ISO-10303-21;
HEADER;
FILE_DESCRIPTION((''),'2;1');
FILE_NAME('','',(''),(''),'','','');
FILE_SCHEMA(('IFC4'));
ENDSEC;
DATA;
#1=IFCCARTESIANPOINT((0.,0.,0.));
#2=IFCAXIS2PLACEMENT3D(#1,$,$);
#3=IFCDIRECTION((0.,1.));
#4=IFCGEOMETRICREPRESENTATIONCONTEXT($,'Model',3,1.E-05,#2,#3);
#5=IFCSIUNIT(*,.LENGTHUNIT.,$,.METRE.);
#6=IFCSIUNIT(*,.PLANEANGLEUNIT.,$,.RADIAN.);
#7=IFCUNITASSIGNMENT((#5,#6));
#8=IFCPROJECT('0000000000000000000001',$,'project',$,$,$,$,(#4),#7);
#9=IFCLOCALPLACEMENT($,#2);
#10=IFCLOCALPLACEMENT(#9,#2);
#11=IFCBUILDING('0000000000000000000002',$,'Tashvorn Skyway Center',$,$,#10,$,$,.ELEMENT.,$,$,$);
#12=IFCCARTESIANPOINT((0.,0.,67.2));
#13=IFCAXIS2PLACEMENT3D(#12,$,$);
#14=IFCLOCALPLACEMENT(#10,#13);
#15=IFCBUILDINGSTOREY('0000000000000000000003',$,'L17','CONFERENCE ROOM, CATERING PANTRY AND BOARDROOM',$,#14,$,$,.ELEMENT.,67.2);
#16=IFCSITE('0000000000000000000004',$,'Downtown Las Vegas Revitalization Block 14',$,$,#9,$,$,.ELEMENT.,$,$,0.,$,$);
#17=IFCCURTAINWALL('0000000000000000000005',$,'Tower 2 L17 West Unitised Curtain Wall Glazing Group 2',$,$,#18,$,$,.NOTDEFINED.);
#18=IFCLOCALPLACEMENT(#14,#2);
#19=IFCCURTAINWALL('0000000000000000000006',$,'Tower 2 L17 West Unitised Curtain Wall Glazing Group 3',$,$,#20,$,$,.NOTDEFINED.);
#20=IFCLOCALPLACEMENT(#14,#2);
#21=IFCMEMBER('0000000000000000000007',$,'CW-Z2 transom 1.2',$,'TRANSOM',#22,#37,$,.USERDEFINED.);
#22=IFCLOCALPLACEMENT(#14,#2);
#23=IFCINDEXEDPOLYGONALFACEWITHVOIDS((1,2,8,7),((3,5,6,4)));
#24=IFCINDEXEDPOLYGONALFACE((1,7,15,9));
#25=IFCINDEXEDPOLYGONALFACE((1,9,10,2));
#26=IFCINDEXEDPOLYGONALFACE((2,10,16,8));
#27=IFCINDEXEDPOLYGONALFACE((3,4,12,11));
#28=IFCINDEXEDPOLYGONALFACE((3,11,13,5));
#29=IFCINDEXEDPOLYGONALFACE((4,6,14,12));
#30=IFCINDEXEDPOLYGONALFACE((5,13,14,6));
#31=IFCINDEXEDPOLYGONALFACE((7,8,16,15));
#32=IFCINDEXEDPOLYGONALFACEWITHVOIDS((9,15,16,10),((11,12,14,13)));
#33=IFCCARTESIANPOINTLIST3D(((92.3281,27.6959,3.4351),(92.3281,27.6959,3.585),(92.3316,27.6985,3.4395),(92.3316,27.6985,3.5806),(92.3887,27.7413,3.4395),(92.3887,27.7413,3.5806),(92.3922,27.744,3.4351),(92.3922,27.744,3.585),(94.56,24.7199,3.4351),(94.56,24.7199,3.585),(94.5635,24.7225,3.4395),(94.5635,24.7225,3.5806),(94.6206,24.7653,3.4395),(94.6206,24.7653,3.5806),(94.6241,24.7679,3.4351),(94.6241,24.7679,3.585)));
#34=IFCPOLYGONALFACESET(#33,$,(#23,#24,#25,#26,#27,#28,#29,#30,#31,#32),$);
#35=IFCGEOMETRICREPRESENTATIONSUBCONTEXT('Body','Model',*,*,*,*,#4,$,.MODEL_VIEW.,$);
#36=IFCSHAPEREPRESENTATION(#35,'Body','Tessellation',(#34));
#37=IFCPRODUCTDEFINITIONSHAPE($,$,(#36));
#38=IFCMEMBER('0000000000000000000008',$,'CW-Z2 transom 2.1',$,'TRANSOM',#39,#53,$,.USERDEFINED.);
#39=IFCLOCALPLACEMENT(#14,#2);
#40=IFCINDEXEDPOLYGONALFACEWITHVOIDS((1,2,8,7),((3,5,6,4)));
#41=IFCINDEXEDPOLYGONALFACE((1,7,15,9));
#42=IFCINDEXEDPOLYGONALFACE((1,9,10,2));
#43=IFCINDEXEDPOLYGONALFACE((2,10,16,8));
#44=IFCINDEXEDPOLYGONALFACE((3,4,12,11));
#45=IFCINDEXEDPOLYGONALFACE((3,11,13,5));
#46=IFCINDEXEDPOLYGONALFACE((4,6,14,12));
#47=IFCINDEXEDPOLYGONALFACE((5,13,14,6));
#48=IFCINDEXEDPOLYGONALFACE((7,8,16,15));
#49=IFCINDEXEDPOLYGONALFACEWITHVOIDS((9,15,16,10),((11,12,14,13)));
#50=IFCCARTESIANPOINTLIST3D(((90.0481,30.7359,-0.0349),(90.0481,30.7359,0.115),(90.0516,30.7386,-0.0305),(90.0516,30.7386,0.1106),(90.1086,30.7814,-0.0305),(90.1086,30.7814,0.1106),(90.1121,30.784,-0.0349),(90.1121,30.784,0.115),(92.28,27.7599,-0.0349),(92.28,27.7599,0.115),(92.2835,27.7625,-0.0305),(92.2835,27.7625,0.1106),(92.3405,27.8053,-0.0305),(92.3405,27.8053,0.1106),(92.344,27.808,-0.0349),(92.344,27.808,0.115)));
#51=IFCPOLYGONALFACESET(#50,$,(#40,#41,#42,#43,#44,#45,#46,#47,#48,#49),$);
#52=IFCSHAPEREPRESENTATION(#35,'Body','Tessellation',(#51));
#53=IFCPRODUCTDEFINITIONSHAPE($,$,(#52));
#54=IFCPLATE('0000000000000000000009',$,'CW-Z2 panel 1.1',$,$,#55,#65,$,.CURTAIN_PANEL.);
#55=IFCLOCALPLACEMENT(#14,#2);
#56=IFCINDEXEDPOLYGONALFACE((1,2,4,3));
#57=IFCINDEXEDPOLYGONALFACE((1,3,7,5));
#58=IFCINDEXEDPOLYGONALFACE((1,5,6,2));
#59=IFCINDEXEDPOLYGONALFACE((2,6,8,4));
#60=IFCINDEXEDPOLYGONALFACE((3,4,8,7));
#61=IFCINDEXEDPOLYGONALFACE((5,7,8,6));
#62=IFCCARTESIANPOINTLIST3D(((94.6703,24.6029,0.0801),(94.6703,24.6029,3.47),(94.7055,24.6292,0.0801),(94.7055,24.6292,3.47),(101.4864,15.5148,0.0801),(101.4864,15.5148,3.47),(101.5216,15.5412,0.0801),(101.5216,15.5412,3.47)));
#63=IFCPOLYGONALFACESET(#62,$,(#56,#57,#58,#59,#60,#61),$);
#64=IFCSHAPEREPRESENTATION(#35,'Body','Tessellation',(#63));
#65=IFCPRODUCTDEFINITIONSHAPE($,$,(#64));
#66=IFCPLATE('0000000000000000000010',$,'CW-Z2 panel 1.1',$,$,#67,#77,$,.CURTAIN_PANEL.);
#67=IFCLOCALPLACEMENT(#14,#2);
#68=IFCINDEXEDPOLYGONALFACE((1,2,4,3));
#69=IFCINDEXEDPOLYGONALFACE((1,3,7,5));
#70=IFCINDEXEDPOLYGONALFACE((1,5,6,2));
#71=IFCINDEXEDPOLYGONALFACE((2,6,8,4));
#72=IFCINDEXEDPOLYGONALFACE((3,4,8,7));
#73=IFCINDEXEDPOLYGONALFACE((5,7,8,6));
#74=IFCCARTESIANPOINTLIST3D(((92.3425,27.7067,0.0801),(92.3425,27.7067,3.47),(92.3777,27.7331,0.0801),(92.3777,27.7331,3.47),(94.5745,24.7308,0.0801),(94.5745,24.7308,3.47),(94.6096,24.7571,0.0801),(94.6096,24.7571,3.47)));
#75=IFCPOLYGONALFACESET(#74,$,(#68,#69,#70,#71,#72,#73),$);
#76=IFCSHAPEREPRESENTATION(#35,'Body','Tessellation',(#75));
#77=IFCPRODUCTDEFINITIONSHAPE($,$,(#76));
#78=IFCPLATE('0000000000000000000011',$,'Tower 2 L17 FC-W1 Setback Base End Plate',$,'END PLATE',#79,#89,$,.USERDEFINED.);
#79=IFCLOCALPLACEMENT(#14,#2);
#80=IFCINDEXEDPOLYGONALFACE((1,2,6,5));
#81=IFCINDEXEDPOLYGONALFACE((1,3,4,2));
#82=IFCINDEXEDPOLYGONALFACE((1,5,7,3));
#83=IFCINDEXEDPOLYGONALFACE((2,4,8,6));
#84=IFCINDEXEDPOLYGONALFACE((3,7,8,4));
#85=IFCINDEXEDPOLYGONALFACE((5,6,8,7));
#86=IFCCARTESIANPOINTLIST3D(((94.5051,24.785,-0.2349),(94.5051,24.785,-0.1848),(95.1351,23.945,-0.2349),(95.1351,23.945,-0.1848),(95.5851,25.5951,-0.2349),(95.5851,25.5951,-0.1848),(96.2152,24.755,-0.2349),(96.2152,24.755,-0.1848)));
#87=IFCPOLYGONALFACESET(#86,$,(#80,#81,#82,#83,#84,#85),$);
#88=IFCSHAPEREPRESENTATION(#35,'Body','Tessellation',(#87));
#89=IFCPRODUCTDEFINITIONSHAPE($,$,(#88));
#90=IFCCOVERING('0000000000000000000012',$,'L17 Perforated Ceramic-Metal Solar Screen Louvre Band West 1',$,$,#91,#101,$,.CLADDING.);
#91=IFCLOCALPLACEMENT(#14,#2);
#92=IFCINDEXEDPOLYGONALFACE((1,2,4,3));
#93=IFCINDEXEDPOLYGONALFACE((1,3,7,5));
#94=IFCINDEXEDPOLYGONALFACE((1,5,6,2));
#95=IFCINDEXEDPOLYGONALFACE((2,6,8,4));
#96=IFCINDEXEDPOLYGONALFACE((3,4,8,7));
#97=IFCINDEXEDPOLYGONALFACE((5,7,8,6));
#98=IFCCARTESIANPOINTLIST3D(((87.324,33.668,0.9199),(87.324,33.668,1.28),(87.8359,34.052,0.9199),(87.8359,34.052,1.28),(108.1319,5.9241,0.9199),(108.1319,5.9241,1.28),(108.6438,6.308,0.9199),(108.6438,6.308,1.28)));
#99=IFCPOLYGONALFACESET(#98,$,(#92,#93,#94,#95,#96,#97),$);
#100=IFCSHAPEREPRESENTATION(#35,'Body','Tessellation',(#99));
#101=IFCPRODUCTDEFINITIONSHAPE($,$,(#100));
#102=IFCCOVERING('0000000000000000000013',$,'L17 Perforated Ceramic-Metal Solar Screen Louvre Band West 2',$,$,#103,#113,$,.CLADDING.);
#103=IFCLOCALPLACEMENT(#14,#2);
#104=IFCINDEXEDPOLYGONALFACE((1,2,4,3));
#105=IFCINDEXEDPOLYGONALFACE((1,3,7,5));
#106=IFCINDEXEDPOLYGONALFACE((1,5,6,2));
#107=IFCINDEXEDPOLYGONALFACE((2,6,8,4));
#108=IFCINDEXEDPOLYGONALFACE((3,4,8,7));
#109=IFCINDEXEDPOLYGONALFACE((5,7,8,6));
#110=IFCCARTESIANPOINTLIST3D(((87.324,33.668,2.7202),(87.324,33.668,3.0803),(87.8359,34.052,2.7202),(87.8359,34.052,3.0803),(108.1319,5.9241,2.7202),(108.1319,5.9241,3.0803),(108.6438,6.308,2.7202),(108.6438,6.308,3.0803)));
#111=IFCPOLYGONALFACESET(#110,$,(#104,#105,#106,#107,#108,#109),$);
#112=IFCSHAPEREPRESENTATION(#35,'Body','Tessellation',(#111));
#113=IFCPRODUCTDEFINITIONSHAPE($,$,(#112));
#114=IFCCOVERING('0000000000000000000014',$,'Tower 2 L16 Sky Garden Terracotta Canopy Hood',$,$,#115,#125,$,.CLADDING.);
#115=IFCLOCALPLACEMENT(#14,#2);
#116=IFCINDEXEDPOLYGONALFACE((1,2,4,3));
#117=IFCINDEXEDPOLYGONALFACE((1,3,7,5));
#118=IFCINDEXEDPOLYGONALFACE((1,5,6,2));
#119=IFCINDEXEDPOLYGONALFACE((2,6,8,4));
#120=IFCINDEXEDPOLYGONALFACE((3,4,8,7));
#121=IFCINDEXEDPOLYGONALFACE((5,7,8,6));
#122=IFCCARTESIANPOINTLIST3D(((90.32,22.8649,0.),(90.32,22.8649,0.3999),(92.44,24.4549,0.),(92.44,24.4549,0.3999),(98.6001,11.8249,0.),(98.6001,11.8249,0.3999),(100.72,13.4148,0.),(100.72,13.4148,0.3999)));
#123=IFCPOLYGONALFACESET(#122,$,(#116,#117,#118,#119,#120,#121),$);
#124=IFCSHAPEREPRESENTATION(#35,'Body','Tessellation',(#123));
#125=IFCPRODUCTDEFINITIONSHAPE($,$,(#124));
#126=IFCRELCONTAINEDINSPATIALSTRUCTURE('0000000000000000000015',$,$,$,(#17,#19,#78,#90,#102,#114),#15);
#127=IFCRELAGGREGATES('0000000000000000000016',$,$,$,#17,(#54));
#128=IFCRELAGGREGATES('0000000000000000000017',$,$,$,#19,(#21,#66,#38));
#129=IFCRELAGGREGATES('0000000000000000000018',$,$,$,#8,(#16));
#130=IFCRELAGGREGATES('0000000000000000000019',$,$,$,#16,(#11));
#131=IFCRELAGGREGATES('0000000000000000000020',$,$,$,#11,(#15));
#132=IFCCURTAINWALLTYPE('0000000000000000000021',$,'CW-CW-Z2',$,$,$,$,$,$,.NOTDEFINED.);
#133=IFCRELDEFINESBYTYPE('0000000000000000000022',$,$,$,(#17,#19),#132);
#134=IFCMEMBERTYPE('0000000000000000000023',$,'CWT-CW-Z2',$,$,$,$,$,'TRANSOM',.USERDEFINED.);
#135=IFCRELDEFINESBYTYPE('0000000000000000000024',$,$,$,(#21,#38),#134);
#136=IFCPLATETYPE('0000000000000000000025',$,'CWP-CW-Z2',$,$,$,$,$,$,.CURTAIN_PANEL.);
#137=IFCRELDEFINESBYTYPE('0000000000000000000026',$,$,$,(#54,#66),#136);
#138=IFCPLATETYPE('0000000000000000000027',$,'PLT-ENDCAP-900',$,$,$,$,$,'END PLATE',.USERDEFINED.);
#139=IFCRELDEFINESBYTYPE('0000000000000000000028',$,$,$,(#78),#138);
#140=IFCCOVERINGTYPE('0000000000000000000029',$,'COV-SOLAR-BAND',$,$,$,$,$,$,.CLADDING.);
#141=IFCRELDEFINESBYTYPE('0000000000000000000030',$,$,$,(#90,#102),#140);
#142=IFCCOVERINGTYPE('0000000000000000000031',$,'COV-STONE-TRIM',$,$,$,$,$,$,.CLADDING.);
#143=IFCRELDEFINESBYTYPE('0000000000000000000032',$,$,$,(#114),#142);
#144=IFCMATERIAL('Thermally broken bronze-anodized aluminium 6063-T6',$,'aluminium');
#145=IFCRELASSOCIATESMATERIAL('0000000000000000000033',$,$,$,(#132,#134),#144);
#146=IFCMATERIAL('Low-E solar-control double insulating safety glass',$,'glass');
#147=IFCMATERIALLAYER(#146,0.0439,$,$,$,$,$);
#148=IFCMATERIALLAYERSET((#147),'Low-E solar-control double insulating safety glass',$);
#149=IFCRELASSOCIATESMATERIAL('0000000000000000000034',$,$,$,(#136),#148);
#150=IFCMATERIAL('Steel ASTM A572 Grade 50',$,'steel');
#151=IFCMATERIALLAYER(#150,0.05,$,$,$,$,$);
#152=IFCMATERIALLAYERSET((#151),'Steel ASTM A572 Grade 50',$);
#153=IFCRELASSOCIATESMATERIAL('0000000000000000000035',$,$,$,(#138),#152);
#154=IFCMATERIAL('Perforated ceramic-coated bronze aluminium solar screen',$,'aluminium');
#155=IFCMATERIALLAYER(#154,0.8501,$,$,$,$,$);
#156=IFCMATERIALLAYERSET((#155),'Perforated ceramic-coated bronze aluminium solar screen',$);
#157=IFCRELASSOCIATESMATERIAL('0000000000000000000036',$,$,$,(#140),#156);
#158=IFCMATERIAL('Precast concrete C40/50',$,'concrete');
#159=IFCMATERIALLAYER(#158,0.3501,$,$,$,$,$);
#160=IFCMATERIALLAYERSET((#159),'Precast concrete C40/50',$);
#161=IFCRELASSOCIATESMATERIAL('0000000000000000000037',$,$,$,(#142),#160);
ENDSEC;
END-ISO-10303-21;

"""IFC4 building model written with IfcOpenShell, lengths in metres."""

from ifc_helpers import new_model, si_unit, direction, frame, origin, origin_2d, place, context, subcontext, project, spatial, rectangle, hollow_rectangle, extrude, material, layer, layer_set, material_profile, profile_set, type_object, element, aggregate, save


model = new_model("IFC4")

# Units and contexts
model_context = context("Model", 3, precision=1e-05, world=origin(), true_north=direction((0.0, 1.0)))
body_context = subcontext(model_context, "Body", "Model", "MODEL_VIEW")
ifc_project = project(units=[si_unit("LENGTHUNIT", "METRE"), si_unit("PLANEANGLEUNIT", "RADIAN")], contexts=[model_context])

# Site, building, storey
site_placement = place(None, origin())
site = spatial("IfcSite", under=ifc_project, at=site_placement, Name="Downtown Las Vegas Revitalization Block 14", CompositionType="ELEMENT", RefElevation=0.0)
building_placement = place(site_placement, origin())
building = spatial("IfcBuilding", under=site, at=building_placement, Name="Tashvorn Skyway Center", CompositionType="ELEMENT")
storey_placement = place(building_placement, frame((0.0, 0.0, 67.2)))
storey = spatial("IfcBuildingStorey", under=building, at=storey_placement, Name="L17", Description="CONFERENCE ROOM, CATERING PANTRY AND BOARDROOM", CompositionType="ELEMENT", Elevation=67.2)

# Shared definitions
ifc_material_1 = material(Name="Steel ASTM A572 Grade 50", Category="steel")

# Curtain wall
ifc_material_2 = material(Name="Thermally broken bronze-anodized aluminium 6063-T6", Category="aluminium")
curtain_wall_type = type_object("IfcCurtainWallType", Name="CW-CW-Z2", PredefinedType="NOTDEFINED", material=ifc_material_2)
curtain_wall_1_placement = place(storey_placement, origin())
curtain_wall_1 = element("IfcCurtainWall", 1, at=curtain_wall_1_placement, inside=storey, type_object=curtain_wall_type, Name="Tower 2 L17 West Unitised Curtain Wall Glazing Group 2", PredefinedType="NOTDEFINED")

# Curtain wall
curtain_wall_2_placement = place(storey_placement, origin())
curtain_wall_2 = element("IfcCurtainWall", 2, at=curtain_wall_2_placement, inside=storey, type_object=curtain_wall_type, Name="Tower 2 L17 West Unitised Curtain Wall Glazing Group 3", PredefinedType="NOTDEFINED")

# Members
ifc_material_profile_1 = material_profile(ifc_material_2, hollow_rectangle(XDim=0.0801, YDim=0.1499, WallThickness=0.0044, at=origin_2d()), Name="ALU-TRAN-80x150")
ifc_profile_set_1 = profile_set([ifc_material_profile_1], Name="Thermally broken bronze-anodized aluminium 6063-T6")
member_type_1 = type_object("IfcMemberType", Name="CWT-CW-Z2", ElementType="TRANSOM", PredefinedType="USERDEFINED", material=ifc_profile_set_1)
member_1_placement = place(storey_placement, frame((94.592, 24.7439, 3.51), z_axis=(-0.599979, 0.800016, 0.0), x_axis=(-0.800016, -0.599979, 0.0)))
member_1 = element("IfcMember", 3, at=member_1_placement, type_object=member_type_1, Name="CW-Z2 transom 1.2", ObjectType="TRANSOM", PredefinedType="USERDEFINED", context=body_context, shape_type="SweptSolid", body=[
    extrude(hollow_rectangle(XDim=0.0801, YDim=0.1499, WallThickness=0.0044, at=origin_2d()), origin(), (0.0, 0.0, 1.0), 3.72),
])
member_2_placement = place(storey_placement, frame((92.312, 27.7839, 0.04), z_axis=(-0.599979, 0.800016, 0.0), x_axis=(-0.800016, -0.599979, 0.0)))
member_2 = element("IfcMember", 4, at=member_2_placement, type_object=member_type_1, Name="CW-Z2 transom 2.1", ObjectType="TRANSOM", PredefinedType="USERDEFINED", context=body_context, shape_type="SweptSolid", body=[
    extrude(hollow_rectangle(XDim=0.0801, YDim=0.1499, WallThickness=0.0044, at=origin_2d()), origin(), (0.0, 0.0, 1.0), 3.72),
])

# Plates
ifc_material_3 = material(Name="Low-E solar-control double insulating safety glass", Category="glass")
ifc_layer_1 = layer(ifc_material_3, 0.0439)
ifc_layer_set_1 = layer_set([ifc_layer_1], Name="Low-E solar-control double insulating safety glass")
plate_type_1 = type_object("IfcPlateType", Name="CWP-CW-Z2", PredefinedType="CURTAIN_PANEL", material=ifc_layer_set_1)
plate_1_placement = place(storey_placement, frame((98.0959, 20.072, 0.0801), z_axis=(0.0, 0.0, 1.0), x_axis=(-0.6, 0.8, 0.0)))
plate_1 = element("IfcPlate", 5, at=plate_1_placement, type_object=plate_type_1, Name="CW-Z2 panel 1.1", PredefinedType="CURTAIN_PANEL", context=body_context, shape_type="SweptSolid", body=[
    extrude(rectangle(XDim=11.3601, YDim=0.0439, at=origin_2d()), origin(), (0.0, 0.0, 1.0), 3.3899),
])
aggregate(curtain_wall_1, [plate_1])
plate_2_placement = place(storey_placement, frame((93.4761, 26.2319, 0.0801), z_axis=(0.0, 0.0, 1.0), x_axis=(-0.6, 0.8, 0.0)))
plate_2 = element("IfcPlate", 6, at=plate_2_placement, type_object=plate_type_1, Name="CW-Z2 panel 1.1", PredefinedType="CURTAIN_PANEL", context=body_context, shape_type="SweptSolid", body=[
    extrude(rectangle(XDim=3.72, YDim=0.0439, at=origin_2d()), origin(), (0.0, 0.0, 1.0), 3.3899),
])
aggregate(curtain_wall_2, [member_1, plate_2, member_2])
ifc_layer_2 = layer(ifc_material_1, 0.05)
ifc_layer_set_2 = layer_set([ifc_layer_2], Name="Steel ASTM A572 Grade 50")
plate_type_2 = type_object("IfcPlateType", Name="PLT-ENDCAP-900", ElementType="END PLATE", PredefinedType="USERDEFINED", material=ifc_layer_set_2)
plate_3_placement = place(storey_placement, frame((95.3601, 24.77, -0.2349), z_axis=(0.0, 0.0, 1.0), x_axis=(0.8, 0.6, 0.0)))
element("IfcPlate", 7, at=plate_3_placement, inside=storey, type_object=plate_type_2, Name="Tower 2 L17 FC-W1 Setback Base End Plate", ObjectType="END PLATE", PredefinedType="USERDEFINED", context=body_context, shape_type="SweptSolid", body=[
    extrude(rectangle(XDim=1.3501, YDim=1.05, at=origin_2d()), origin(), (0.0, 0.0, 1.0), 0.05),
])

# Coverings
ifc_material_4 = material(Name="Perforated ceramic-coated bronze aluminium solar screen", Category="aluminium")
ifc_layer_3 = layer(ifc_material_4, 0.8501)
ifc_layer_set_3 = layer_set([ifc_layer_3], Name="Perforated ceramic-coated bronze aluminium solar screen")
covering_type_1 = type_object("IfcCoveringType", Name="COV-SOLAR-BAND", PredefinedType="CLADDING", material=ifc_layer_set_3)
for number, where, z_axis, x_axis, name in (
    (8, (97.9839, 19.988, 0.9199), (0.0, 0.0, 1.0), (-0.6, 0.8, 0.0), "L17 Perforated Ceramic-Metal Solar Screen Louvre Band West 1"),
    (9, (97.9839, 19.988, 2.7202), (0.0, 0.0, 1.0), (-0.6, 0.8, 0.0), "L17 Perforated Ceramic-Metal Solar Screen Louvre Band West 2"),
):
    element("IfcCovering", number, at=place(storey_placement, frame(where, z_axis=z_axis, x_axis=x_axis)), inside=storey, type_object=covering_type_1, Name=name, PredefinedType="CLADDING", context=body_context, shape_type="SweptSolid", body=[
        extrude(rectangle(XDim=34.6799, YDim=0.6399, at=origin_2d()), origin(), (0.0, 0.0, 1.0), 0.3601),
    ])
ifc_material_5 = material(Name="Precast concrete C40/50", Category="concrete")
ifc_layer_4 = layer(ifc_material_5, 0.3501)
ifc_layer_set_4 = layer_set([ifc_layer_4], Name="Precast concrete C40/50")
covering_type_2 = type_object("IfcCoveringType", Name="COV-STONE-TRIM", PredefinedType="CLADDING", material=ifc_layer_set_4)
covering_placement = place(storey_placement, frame((95.52, 18.1399, 0.0), z_axis=(0.0, 0.0, 1.0), x_axis=(-0.6, 0.8, 0.0)))
element("IfcCovering", 10, at=covering_placement, inside=storey, type_object=covering_type_2, Name="Tower 2 L16 Sky Garden Terracotta Canopy Hood", PredefinedType="CLADDING", context=body_context, shape_type="SweptSolid", body=[
    extrude(rectangle(XDim=13.8, YDim=2.6499, at=origin_2d()), origin(), (0.0, 0.0, 1.0), 0.3999),
])

save(model, "model.ifc")
